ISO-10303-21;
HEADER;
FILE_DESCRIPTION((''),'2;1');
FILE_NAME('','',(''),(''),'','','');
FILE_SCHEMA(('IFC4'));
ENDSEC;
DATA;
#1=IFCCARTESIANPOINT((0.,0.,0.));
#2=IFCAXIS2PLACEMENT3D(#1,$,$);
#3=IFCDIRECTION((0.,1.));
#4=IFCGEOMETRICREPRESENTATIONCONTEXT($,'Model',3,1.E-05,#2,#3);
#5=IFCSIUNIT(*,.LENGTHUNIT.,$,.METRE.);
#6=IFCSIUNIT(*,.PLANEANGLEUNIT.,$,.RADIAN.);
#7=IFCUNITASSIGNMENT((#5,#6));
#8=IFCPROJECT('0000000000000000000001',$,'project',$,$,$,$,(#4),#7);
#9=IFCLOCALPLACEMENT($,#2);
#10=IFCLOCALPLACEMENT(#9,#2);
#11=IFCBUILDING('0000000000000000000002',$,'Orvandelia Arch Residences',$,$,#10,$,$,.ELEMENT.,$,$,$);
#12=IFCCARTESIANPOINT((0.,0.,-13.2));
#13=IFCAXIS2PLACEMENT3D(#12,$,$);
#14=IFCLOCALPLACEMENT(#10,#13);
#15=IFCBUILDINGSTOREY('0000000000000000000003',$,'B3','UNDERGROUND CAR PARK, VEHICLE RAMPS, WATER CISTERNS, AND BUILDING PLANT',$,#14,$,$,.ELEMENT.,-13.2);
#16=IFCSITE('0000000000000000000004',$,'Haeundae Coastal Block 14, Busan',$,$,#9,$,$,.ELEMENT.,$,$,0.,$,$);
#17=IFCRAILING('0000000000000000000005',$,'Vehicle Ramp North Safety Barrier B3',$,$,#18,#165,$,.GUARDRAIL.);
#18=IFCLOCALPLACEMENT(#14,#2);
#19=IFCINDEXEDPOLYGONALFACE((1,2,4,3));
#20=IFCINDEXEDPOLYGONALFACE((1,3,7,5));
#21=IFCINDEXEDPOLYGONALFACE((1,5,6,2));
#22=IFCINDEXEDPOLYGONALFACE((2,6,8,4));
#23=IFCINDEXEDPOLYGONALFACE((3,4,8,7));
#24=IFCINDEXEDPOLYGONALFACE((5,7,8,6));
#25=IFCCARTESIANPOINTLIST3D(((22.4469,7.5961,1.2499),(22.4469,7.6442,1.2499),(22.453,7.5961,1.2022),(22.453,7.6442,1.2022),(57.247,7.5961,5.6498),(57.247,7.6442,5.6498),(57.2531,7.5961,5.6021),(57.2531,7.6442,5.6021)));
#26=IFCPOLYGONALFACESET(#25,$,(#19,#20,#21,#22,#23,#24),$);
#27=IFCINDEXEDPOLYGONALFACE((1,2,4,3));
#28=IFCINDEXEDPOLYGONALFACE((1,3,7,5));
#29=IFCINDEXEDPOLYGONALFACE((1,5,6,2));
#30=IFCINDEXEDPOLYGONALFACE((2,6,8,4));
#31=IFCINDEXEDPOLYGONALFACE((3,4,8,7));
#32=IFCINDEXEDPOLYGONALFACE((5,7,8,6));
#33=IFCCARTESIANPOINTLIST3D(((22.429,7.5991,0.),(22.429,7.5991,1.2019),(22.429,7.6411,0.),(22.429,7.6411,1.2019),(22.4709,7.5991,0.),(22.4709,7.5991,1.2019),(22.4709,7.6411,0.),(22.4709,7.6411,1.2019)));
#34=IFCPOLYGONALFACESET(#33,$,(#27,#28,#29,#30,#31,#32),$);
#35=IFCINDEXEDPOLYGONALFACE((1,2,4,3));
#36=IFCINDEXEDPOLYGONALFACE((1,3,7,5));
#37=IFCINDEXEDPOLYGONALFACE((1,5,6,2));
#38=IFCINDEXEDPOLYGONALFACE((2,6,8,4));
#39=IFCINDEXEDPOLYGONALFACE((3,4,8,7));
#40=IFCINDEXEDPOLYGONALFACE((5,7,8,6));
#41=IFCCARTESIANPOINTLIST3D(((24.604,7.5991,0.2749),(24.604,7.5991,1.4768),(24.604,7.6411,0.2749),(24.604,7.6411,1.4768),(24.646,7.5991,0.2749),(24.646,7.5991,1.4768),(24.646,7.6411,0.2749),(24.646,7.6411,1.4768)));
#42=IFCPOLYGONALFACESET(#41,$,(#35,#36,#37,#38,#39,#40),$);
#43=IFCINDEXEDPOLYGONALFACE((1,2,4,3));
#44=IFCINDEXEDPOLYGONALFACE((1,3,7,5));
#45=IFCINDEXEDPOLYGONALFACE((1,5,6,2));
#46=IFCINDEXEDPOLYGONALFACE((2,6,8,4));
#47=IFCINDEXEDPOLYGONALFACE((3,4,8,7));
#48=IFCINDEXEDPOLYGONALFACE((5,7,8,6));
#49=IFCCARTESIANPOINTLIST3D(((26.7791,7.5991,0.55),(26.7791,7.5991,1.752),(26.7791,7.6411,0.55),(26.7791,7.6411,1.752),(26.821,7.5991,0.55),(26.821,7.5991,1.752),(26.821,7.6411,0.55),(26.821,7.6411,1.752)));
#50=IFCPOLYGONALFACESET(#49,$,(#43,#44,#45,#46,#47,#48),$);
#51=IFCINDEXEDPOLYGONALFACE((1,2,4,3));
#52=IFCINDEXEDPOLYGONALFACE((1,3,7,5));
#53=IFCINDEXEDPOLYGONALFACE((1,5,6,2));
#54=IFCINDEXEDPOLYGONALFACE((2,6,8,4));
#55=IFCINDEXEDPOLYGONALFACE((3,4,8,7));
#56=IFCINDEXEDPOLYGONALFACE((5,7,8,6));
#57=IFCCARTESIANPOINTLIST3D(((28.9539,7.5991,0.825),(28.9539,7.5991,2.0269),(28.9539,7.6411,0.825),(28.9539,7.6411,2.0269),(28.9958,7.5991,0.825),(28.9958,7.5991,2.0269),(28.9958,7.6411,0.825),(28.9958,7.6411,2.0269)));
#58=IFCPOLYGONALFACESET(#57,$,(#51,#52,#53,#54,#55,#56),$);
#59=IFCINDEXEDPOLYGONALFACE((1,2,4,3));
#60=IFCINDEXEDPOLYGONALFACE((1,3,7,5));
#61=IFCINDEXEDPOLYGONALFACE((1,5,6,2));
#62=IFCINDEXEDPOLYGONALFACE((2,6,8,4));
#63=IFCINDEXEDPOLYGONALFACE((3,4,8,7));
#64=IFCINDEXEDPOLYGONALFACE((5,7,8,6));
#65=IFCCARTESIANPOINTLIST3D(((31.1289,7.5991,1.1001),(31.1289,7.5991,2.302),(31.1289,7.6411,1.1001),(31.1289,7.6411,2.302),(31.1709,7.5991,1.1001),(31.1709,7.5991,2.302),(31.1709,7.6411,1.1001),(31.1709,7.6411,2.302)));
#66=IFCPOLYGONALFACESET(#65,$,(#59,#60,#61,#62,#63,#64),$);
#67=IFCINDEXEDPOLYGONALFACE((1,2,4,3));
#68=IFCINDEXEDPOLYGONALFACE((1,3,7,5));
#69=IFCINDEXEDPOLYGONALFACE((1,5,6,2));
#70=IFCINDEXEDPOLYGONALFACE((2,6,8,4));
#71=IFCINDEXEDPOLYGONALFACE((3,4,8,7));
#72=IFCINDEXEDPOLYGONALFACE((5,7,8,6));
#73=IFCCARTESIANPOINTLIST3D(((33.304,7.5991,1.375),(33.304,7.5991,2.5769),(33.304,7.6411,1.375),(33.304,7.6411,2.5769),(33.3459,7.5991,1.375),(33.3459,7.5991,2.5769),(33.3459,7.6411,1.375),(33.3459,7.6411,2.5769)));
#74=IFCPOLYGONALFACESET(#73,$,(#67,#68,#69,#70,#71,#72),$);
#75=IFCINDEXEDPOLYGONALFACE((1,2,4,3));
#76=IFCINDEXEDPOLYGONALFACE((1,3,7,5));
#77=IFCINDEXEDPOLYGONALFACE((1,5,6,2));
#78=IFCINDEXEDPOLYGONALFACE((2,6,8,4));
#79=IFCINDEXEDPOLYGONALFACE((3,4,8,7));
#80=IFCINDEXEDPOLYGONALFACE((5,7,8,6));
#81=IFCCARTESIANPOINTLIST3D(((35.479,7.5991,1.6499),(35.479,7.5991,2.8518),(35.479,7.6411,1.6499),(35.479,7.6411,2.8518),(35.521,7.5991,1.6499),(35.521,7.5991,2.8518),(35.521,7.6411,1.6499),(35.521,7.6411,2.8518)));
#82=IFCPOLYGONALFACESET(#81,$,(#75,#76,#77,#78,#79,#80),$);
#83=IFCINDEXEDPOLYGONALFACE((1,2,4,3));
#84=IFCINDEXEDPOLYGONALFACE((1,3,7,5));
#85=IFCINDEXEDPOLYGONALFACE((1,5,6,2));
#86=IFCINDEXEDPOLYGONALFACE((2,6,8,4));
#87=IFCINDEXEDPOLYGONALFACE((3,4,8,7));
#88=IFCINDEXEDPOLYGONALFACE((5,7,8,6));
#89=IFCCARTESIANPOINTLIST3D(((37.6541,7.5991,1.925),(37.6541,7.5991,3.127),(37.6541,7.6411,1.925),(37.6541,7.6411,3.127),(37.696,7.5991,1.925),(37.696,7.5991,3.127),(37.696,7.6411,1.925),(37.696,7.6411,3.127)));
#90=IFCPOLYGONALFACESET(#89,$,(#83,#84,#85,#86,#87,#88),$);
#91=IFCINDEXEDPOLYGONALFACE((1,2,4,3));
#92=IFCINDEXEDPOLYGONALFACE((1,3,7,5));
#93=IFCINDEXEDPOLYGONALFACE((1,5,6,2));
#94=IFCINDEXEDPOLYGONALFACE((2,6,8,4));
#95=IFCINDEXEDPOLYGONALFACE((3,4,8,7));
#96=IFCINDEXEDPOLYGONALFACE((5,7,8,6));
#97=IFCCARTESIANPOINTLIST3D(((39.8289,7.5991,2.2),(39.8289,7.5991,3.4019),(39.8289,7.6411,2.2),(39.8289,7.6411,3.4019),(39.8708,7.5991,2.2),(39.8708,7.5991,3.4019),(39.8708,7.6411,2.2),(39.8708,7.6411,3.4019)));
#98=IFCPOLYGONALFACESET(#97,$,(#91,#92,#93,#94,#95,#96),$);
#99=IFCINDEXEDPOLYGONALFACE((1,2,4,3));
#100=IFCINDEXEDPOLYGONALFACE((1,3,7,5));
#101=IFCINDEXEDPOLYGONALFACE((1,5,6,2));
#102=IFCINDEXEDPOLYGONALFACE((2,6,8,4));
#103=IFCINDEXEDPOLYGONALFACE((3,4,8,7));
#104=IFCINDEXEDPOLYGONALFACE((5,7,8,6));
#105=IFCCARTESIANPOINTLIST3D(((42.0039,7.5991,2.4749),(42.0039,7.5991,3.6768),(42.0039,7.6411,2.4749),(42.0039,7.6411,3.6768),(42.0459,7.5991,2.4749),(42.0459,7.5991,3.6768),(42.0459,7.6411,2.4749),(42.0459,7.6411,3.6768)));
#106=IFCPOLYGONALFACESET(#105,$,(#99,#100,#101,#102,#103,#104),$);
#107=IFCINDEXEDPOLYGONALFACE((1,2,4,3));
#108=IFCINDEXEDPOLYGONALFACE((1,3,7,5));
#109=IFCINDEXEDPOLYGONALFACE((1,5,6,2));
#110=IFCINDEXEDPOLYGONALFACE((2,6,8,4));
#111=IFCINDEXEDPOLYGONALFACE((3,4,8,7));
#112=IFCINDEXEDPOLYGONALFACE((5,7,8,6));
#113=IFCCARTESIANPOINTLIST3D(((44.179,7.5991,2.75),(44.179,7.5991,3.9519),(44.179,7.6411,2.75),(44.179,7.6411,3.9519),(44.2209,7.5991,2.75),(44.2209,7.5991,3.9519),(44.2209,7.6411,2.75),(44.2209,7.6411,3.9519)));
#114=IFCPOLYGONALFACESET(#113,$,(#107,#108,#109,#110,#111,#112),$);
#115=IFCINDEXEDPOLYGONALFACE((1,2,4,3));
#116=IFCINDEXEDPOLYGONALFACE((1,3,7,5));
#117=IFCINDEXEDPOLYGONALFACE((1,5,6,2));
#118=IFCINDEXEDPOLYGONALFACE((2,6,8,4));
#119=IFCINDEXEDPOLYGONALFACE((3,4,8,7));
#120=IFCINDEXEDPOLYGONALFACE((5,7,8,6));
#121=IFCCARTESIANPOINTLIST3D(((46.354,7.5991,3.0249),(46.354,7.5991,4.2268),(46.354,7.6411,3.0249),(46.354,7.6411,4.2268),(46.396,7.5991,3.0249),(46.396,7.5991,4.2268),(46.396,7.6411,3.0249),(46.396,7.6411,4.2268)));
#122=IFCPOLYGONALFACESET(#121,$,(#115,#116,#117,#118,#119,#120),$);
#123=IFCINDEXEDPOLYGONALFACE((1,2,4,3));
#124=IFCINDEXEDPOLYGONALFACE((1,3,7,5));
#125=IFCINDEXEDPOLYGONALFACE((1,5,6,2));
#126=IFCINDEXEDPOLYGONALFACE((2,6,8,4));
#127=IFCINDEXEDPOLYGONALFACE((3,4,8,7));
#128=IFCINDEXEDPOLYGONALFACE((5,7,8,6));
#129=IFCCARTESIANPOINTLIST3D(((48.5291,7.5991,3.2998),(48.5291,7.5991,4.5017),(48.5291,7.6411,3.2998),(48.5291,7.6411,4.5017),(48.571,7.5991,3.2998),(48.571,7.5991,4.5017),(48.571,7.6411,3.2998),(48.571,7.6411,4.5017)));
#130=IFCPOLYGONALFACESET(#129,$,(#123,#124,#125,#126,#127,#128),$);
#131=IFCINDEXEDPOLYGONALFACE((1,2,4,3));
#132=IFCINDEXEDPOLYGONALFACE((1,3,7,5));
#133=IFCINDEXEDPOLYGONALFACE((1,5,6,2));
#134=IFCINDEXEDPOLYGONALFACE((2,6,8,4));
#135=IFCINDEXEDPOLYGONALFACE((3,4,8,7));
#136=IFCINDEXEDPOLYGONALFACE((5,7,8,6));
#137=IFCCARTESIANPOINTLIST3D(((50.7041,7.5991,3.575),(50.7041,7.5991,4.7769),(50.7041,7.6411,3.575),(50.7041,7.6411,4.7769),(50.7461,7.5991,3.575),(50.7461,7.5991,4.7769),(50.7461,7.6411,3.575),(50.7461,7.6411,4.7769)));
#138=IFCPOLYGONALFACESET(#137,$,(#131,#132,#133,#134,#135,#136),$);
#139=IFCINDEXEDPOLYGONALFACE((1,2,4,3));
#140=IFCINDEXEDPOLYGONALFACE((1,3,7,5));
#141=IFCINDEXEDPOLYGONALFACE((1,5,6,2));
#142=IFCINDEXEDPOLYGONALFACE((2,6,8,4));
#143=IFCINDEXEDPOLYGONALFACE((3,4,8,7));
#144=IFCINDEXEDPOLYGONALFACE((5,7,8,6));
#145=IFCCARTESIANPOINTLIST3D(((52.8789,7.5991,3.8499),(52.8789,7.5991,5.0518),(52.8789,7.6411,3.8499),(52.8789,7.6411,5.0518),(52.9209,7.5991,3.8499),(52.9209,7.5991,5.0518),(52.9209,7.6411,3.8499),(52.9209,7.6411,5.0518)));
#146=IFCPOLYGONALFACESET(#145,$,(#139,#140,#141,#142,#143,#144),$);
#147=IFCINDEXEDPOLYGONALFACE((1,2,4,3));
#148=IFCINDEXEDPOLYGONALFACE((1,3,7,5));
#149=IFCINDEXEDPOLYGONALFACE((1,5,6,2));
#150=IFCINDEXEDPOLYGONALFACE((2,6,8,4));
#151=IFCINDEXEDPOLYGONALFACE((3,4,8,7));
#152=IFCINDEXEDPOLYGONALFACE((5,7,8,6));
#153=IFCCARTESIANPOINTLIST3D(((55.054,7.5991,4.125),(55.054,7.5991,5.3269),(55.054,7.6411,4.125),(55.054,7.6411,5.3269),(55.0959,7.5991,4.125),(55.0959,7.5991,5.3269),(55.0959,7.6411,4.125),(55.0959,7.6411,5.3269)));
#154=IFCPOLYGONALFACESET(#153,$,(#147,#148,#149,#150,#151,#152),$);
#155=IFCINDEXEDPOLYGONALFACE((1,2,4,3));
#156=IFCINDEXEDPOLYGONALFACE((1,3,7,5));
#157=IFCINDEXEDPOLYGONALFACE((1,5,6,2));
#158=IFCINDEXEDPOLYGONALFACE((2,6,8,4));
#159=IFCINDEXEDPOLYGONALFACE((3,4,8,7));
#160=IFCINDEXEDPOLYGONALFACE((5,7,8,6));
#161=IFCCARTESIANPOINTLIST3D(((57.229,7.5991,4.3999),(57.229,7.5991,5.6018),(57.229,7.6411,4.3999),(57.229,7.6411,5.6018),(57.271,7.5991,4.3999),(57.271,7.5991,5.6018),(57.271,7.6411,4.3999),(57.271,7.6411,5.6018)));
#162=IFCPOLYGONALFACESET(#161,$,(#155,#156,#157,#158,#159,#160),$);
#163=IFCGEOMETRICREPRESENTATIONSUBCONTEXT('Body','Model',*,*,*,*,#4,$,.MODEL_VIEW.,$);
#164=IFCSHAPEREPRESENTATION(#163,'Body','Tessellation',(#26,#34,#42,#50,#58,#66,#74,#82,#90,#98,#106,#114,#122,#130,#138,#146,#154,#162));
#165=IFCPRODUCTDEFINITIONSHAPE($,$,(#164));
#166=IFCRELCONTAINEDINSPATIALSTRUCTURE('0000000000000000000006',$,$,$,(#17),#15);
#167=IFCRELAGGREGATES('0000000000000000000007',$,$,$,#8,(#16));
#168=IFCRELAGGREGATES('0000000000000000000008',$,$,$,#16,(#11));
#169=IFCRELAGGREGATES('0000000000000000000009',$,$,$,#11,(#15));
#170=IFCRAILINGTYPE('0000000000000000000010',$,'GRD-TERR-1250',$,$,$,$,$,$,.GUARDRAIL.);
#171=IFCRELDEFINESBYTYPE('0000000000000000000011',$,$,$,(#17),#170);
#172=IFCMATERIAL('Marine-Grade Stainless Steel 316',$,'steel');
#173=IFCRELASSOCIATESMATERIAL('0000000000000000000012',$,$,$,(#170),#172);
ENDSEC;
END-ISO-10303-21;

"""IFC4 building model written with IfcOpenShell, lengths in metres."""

from ifc_helpers import new_model, si_unit, direction, frame, origin, origin_2d, place, context, subcontext, project, spatial, rectangle, extrude, material, type_object, element, save


model = new_model("IFC4")

# Units and contexts
model_context = context("Model", 3, precision=1e-05, world=origin(), true_north=direction((0.0, 1.0)))
body_context = subcontext(model_context, "Body", "Model", "MODEL_VIEW")
ifc_project = project(units=[si_unit("LENGTHUNIT", "METRE"), si_unit("PLANEANGLEUNIT", "RADIAN")], contexts=[model_context])

# Site, building, storey
site_placement = place(None, origin())
site = spatial("IfcSite", under=ifc_project, at=site_placement, Name="Haeundae Coastal Block 14, Busan", CompositionType="ELEMENT", RefElevation=0.0)
building_placement = place(site_placement, origin())
building = spatial("IfcBuilding", under=site, at=building_placement, Name="Orvandelia Arch Residences", CompositionType="ELEMENT")
storey_placement = place(building_placement, frame((0.0, 0.0, -13.2)))
storey = spatial("IfcBuildingStorey", under=building, at=storey_placement, Name="B3", Description="UNDERGROUND CAR PARK, VEHICLE RAMPS, WATER CISTERNS, AND BUILDING PLANT", CompositionType="ELEMENT", Elevation=-13.2)

# Railing
ifc_material_1 = material(Name="Marine-Grade Stainless Steel 316", Category="steel")
railing_type = type_object("IfcRailingType", Name="GRD-TERR-1250", PredefinedType="GUARDRAIL", material=ifc_material_1)
railing_1_placement = place(storey_placement, frame((22.45, 7.6201, 0.0)))
element("IfcRailing", 1, at=railing_1_placement, inside=storey, type_object=railing_type, Name="Vehicle Ramp North Safety Barrier B3", PredefinedType="GUARDRAIL", context=body_context, shape_type="SweptSolid", body=[
    extrude(rectangle(XDim=0.0481, YDim=0.0481, at=origin_2d()), frame((0.0, 0.0, 1.2261), z_axis=(0.992102, 0.0, 0.125435), x_axis=(0.0, 1.0, 0.0)), (0.0, 0.0, 1.0), 35.0771),
    extrude(rectangle(XDim=0.042, YDim=0.042, at=origin_2d()), origin(), (0.0, 0.0, 1.0), 1.2019),
    extrude(rectangle(XDim=0.042, YDim=0.042, at=origin_2d()), frame((2.175, 0.0, 0.2749)), (0.0, 0.0, 1.0), 1.2019),
    extrude(rectangle(XDim=0.042, YDim=0.042, at=origin_2d()), frame((4.3501, 0.0, 0.55)), (0.0, 0.0, 1.0), 1.2019),
    extrude(rectangle(XDim=0.042, YDim=0.042, at=origin_2d()), frame((6.5249, 0.0, 0.825)), (0.0, 0.0, 1.0), 1.2019),
    extrude(rectangle(XDim=0.042, YDim=0.042, at=origin_2d()), frame((8.7, 0.0, 1.1001)), (0.0, 0.0, 1.0), 1.2019),
    extrude(rectangle(XDim=0.042, YDim=0.042, at=origin_2d()), frame((10.875, 0.0, 1.375)), (0.0, 0.0, 1.0), 1.2019),
    extrude(rectangle(XDim=0.042, YDim=0.042, at=origin_2d()), frame((13.05, 0.0, 1.6499)), (0.0, 0.0, 1.0), 1.2019),
    extrude(rectangle(XDim=0.042, YDim=0.042, at=origin_2d()), frame((15.2251, 0.0, 1.925)), (0.0, 0.0, 1.0), 1.2019),
    extrude(rectangle(XDim=0.042, YDim=0.042, at=origin_2d()), frame((17.3999, 0.0, 2.2)), (0.0, 0.0, 1.0), 1.2019),
    extrude(rectangle(XDim=0.042, YDim=0.042, at=origin_2d()), frame((19.575, 0.0, 2.4749)), (0.0, 0.0, 1.0), 1.2019),
    extrude(rectangle(XDim=0.042, YDim=0.042, at=origin_2d()), frame((21.75, 0.0, 2.75)), (0.0, 0.0, 1.0), 1.2019),
    extrude(rectangle(XDim=0.042, YDim=0.042, at=origin_2d()), frame((23.925, 0.0, 3.0249)), (0.0, 0.0, 1.0), 1.2019),
    extrude(rectangle(XDim=0.042, YDim=0.042, at=origin_2d()), frame((26.1001, 0.0, 3.2998)), (0.0, 0.0, 1.0), 1.2019),
    extrude(rectangle(XDim=0.042, YDim=0.042, at=origin_2d()), frame((28.2751, 0.0, 3.575)), (0.0, 0.0, 1.0), 1.2019),
    extrude(rectangle(XDim=0.042, YDim=0.042, at=origin_2d()), frame((30.45, 0.0, 3.8499)), (0.0, 0.0, 1.0), 1.2019),
    extrude(rectangle(XDim=0.042, YDim=0.042, at=origin_2d()), frame((32.625, 0.0, 4.125)), (0.0, 0.0, 1.0), 1.2019),
    extrude(rectangle(XDim=0.042, YDim=0.042, at=origin_2d()), frame((34.8, 0.0, 4.3999)), (0.0, 0.0, 1.0), 1.2019),
])

save(model, "model.ifc")
